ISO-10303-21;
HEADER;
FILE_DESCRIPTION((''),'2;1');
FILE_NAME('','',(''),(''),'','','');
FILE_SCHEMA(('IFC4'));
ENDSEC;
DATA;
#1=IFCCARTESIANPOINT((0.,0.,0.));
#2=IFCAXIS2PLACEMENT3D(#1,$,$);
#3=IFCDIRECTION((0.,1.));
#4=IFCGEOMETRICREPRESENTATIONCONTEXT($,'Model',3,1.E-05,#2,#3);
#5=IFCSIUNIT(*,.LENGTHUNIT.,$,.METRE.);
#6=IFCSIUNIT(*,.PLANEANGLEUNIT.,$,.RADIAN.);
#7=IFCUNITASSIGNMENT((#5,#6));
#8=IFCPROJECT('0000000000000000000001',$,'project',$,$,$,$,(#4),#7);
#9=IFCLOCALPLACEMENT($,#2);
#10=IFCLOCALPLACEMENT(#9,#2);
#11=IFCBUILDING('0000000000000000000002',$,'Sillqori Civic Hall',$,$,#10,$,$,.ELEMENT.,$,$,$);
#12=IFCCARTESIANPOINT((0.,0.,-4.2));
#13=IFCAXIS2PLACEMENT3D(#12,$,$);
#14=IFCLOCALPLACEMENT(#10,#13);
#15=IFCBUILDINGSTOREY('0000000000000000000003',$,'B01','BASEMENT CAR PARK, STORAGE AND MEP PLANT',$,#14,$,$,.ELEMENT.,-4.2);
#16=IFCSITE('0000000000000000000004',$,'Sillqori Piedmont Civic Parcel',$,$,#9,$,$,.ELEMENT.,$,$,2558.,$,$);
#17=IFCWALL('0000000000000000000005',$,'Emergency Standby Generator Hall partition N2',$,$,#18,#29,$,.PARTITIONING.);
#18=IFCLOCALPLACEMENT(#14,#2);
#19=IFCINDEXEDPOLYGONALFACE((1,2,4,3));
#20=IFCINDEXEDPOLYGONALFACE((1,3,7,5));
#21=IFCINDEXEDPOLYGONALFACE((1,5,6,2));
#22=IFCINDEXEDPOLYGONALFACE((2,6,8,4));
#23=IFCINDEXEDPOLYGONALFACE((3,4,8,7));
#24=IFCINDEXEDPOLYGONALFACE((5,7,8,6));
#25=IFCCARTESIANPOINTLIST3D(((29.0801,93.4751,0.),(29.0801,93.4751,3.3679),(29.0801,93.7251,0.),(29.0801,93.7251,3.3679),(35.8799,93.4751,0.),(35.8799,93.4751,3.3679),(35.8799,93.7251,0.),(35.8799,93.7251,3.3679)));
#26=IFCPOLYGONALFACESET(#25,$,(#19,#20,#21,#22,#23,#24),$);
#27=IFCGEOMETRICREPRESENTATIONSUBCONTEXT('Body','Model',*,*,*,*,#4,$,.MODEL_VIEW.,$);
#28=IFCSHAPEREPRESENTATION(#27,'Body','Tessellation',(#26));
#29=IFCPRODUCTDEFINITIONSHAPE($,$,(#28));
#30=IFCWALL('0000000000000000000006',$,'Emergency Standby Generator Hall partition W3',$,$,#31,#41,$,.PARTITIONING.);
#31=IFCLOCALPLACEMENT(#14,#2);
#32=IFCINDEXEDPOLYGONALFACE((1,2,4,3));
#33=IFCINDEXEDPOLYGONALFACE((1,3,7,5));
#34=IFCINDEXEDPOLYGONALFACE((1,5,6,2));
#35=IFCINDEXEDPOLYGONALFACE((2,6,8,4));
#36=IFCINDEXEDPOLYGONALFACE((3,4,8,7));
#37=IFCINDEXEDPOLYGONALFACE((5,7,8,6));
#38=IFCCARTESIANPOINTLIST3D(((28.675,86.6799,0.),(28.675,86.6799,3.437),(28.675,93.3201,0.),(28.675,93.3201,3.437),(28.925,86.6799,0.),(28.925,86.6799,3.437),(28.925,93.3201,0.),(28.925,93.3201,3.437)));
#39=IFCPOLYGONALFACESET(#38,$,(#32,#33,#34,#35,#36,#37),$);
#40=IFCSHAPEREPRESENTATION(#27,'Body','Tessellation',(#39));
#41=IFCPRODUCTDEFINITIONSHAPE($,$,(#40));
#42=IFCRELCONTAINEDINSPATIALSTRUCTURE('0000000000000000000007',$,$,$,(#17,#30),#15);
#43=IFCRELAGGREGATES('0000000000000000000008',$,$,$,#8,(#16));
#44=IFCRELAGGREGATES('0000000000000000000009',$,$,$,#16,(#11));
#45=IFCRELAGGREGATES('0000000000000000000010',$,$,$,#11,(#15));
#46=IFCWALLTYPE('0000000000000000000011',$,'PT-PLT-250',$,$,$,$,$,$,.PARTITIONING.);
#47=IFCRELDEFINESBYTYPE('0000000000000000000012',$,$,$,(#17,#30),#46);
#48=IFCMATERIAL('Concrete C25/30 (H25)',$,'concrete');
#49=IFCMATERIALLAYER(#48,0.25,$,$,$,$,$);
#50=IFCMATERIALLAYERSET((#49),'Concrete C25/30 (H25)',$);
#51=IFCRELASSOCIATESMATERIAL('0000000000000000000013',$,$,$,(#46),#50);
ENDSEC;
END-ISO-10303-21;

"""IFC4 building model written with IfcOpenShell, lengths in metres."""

from ifc_helpers import new_model, si_unit, direction, frame, frame_2d, origin, place, context, subcontext, project, spatial, rectangle, extrude, material, layer, layer_set, type_object, element, save


model = new_model("IFC4")

# Units and contexts
model_context = context("Model", 3, precision=1e-05, world=origin(), true_north=direction((0.0, 1.0)))
body_context = subcontext(model_context, "Body", "Model", "MODEL_VIEW")
ifc_project = project(units=[si_unit("LENGTHUNIT", "METRE"), si_unit("PLANEANGLEUNIT", "RADIAN")], contexts=[model_context])

# Site, building, storey
site_placement = place(None, origin())
site = spatial("IfcSite", under=ifc_project, at=site_placement, Name="Sillqori Piedmont Civic Parcel", CompositionType="ELEMENT", RefElevation=2558.0)
building_placement = place(site_placement, origin())
building = spatial("IfcBuilding", under=site, at=building_placement, Name="Sillqori Civic Hall", CompositionType="ELEMENT")
storey_placement = place(building_placement, frame((0.0, 0.0, -4.2)))
storey = spatial("IfcBuildingStorey", under=building, at=storey_placement, Name="B01", Description="BASEMENT CAR PARK, STORAGE AND MEP PLANT", CompositionType="ELEMENT", Elevation=-4.2)

# Walls
ifc_material_1 = material(Name="Concrete C25/30 (H25)", Category="concrete")
ifc_layer = layer(ifc_material_1, 0.25)
ifc_layer_set = layer_set([ifc_layer], Name="Concrete C25/30 (H25)")
wall_type = type_object("IfcWallType", Name="PT-PLT-250", PredefinedType="PARTITIONING", material=ifc_layer_set)
wall_1_placement = place(storey_placement, frame((29.0801, 93.6001, 0.0), z_axis=(0.0, 0.0, 1.0), x_axis=(1.0, 0.0, 0.0)))
element("IfcWall", 1, at=wall_1_placement, inside=storey, type_object=wall_type, Name="Emergency Standby Generator Hall partition N2", PredefinedType="PARTITIONING", context=body_context, shape_type="SweptSolid", body=[
    extrude(rectangle(XDim=6.7998, YDim=0.25, at=frame_2d((3.3999, 0.0))), origin(), (0.0, 0.0, 1.0), 3.3679),
])
wall_2_placement = place(storey_placement, frame((28.8, 86.6799, 0.0), z_axis=(0.0, 0.0, 1.0), x_axis=(0.0, 1.0, 0.0)))
element("IfcWall", 2, at=wall_2_placement, inside=storey, type_object=wall_type, Name="Emergency Standby Generator Hall partition W3", PredefinedType="PARTITIONING", context=body_context, shape_type="SweptSolid", body=[
    extrude(rectangle(XDim=6.6401, YDim=0.25, at=frame_2d((3.3201, 0.0))), origin(), (0.0, 0.0, 1.0), 3.437),
])

save(model, "model.ifc")
